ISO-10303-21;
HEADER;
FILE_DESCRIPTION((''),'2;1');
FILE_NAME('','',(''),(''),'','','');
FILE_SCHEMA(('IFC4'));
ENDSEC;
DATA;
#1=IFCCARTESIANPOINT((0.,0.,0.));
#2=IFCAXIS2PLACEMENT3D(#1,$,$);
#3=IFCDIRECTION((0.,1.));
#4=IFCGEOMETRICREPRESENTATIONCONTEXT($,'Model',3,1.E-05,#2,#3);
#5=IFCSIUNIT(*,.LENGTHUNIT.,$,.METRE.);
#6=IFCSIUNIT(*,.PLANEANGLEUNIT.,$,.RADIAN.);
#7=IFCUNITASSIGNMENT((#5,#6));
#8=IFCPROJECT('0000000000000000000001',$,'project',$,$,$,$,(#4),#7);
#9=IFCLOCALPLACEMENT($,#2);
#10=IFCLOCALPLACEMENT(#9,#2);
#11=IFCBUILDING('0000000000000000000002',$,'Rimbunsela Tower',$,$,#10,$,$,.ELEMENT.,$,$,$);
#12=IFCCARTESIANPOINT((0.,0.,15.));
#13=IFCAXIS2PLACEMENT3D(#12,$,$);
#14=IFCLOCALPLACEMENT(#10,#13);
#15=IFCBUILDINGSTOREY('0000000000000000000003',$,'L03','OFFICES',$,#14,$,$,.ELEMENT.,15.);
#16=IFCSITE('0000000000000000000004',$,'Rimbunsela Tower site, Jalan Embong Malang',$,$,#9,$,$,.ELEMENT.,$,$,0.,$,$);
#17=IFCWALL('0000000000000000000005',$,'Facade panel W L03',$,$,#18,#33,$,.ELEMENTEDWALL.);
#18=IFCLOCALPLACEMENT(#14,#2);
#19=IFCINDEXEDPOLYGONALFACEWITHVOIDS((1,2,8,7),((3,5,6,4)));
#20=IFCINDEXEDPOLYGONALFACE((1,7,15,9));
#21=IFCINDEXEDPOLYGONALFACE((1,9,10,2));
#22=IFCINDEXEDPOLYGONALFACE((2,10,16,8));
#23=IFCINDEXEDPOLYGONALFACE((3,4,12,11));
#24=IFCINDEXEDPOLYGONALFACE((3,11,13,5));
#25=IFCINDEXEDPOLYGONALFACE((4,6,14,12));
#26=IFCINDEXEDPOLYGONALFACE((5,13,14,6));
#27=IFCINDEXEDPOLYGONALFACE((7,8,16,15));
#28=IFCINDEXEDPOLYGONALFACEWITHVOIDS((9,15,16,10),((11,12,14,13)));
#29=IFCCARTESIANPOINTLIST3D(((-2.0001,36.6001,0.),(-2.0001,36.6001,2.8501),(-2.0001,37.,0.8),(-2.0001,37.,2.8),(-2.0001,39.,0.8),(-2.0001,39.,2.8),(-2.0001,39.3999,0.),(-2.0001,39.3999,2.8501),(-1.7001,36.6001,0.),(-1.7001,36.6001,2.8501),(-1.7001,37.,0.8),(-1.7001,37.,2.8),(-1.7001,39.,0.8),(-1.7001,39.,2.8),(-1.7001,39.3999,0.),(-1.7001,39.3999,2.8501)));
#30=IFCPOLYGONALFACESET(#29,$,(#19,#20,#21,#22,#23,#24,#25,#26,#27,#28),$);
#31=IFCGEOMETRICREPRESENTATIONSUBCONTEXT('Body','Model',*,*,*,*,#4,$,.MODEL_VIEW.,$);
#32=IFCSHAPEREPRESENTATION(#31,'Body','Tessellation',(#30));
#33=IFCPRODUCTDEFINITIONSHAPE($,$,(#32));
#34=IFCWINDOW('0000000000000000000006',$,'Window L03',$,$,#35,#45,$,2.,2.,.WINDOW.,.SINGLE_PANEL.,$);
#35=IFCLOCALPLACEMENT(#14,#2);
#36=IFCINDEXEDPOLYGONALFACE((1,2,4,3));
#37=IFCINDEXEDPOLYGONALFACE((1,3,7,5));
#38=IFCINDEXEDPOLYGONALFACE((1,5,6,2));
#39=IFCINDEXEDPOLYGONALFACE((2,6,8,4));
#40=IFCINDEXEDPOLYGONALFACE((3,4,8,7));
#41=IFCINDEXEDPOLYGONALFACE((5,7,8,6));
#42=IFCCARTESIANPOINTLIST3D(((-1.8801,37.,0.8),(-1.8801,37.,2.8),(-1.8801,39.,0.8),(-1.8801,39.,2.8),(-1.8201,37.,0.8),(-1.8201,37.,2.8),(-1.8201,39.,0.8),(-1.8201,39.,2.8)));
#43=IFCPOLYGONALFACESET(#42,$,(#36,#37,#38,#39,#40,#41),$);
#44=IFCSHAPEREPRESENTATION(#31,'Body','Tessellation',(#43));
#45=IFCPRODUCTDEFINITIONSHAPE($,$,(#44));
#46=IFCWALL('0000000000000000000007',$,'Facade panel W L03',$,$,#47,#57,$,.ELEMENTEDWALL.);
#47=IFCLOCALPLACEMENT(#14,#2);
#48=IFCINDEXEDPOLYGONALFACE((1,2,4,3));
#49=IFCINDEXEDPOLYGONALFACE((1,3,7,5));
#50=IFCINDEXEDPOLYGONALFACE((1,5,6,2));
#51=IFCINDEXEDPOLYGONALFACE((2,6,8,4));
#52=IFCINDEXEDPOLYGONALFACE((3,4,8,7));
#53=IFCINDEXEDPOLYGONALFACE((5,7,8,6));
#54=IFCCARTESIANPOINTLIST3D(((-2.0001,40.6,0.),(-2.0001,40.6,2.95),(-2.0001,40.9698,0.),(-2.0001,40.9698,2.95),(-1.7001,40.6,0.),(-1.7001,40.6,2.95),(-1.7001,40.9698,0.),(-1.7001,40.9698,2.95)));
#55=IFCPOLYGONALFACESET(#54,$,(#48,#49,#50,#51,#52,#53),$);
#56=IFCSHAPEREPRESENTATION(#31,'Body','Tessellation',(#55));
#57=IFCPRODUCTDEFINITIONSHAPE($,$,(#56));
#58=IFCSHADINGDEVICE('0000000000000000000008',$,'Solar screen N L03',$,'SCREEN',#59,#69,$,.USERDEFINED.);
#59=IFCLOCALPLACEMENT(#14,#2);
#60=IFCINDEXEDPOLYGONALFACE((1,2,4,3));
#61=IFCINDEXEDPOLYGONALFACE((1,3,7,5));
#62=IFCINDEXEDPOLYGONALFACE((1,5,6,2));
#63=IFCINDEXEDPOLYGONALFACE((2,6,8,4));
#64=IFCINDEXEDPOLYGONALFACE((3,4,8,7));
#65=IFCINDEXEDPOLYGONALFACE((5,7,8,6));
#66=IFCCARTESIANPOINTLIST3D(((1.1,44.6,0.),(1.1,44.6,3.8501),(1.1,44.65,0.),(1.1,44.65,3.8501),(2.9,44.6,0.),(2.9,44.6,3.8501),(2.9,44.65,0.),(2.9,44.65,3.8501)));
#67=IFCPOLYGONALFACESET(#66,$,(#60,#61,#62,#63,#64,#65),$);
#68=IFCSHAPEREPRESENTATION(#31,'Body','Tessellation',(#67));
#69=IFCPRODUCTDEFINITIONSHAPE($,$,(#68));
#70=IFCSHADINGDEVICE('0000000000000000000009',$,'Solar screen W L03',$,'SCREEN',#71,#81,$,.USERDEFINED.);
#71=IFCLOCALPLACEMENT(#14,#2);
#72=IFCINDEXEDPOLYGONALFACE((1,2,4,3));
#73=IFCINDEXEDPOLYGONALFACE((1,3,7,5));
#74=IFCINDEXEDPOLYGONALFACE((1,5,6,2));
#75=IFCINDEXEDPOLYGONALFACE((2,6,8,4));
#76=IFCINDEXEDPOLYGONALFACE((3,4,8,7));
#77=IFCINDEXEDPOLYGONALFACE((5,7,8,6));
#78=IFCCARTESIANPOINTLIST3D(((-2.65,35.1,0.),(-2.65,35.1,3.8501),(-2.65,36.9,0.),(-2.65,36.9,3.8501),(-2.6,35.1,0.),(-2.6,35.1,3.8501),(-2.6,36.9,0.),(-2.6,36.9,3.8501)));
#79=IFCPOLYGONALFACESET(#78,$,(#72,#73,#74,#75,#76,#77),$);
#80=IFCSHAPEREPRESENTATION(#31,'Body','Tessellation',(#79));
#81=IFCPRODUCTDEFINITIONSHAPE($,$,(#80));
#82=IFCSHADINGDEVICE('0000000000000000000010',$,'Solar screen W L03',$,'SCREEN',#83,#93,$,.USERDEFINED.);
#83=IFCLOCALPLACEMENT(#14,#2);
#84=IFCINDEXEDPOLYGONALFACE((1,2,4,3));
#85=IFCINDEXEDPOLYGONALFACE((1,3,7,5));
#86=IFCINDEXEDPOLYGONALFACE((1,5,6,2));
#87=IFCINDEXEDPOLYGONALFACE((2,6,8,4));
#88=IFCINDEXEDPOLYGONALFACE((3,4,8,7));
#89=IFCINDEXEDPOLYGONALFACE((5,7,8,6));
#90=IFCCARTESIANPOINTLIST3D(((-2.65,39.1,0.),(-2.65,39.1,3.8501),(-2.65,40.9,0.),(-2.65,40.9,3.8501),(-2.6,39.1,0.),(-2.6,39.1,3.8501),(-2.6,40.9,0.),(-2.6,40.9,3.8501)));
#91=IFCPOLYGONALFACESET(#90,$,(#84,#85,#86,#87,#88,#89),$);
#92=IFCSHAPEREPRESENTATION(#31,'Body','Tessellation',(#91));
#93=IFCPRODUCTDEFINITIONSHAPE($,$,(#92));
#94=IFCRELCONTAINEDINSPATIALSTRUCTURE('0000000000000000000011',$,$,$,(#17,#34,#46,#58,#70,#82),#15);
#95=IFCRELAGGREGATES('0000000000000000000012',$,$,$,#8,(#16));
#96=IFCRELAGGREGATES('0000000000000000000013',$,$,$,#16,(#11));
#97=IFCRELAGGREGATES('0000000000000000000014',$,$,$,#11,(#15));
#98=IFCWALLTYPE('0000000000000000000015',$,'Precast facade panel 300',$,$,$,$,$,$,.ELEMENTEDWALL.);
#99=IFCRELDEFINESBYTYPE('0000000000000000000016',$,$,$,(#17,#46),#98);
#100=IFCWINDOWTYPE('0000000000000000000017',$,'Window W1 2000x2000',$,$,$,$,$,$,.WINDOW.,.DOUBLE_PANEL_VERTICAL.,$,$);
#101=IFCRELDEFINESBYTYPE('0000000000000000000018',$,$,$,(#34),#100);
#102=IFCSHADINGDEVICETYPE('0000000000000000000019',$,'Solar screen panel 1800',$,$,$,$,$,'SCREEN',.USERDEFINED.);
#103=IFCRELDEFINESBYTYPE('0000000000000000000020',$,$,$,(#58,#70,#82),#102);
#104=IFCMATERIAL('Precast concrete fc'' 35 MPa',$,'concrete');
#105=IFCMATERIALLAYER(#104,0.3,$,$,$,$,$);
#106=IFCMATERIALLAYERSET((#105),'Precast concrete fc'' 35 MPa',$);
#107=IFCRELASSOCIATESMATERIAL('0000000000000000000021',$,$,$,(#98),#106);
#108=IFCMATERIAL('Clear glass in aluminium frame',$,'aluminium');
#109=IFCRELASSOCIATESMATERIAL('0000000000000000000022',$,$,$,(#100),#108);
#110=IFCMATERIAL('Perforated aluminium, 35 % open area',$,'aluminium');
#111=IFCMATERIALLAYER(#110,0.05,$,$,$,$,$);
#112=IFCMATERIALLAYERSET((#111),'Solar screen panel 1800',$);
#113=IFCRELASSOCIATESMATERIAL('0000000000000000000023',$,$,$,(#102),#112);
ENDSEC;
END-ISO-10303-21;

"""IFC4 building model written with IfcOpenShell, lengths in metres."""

from ifc_helpers import new_model, si_unit, direction, frame, frame_2d, origin, origin_2d, place, context, subcontext, project, spatial, rectangle, extrude, material, layer, layer_set, type_object, element, fill, save


model = new_model("IFC4")

# Units and contexts
model_context = context("Model", 3, precision=1e-05, world=origin(), true_north=direction((0.0, 1.0)))
body_context = subcontext(model_context, "Body", "Model", "MODEL_VIEW")
ifc_project = project(units=[si_unit("LENGTHUNIT", "METRE"), si_unit("PLANEANGLEUNIT", "RADIAN")], contexts=[model_context])

# Site, building, storey
site_placement = place(None, origin())
site = spatial("IfcSite", under=ifc_project, at=site_placement, Name="Rimbunsela Tower site, Jalan Embong Malang", CompositionType="ELEMENT", RefElevation=0.0)
building_placement = place(site_placement, origin())
building = spatial("IfcBuilding", under=site, at=building_placement, Name="Rimbunsela Tower", CompositionType="ELEMENT")
storey_placement = place(building_placement, frame((0.0, 0.0, 15.0)))
storey = spatial("IfcBuildingStorey", under=building, at=storey_placement, Name="L03", Description="OFFICES", CompositionType="ELEMENT", Elevation=15.0)

# Shared definitions
ifc_material_1 = material(Name="Precast concrete fc' 35 MPa", Category="concrete")
ifc_layer_1 = layer(ifc_material_1, 0.3)
ifc_layer_set_1 = layer_set([ifc_layer_1], Name="Precast concrete fc' 35 MPa")
wall_type = type_object("IfcWallType", Name="Precast facade panel 300", PredefinedType="ELEMENTEDWALL", material=ifc_layer_set_1)

# Wall, opening, window
ifc_material_2 = material(Name="Clear glass in aluminium frame", Category="aluminium")
window_type = type_object("IfcWindowType", Name="Window W1 2000x2000", PartitioningType="DOUBLE_PANEL_VERTICAL", PredefinedType="WINDOW", material=ifc_material_2)
wall_1_placement = place(storey_placement, frame((-1.8501, 39.3999, 0.0), z_axis=(0.0, 0.0, 1.0), x_axis=(0.0, -1.0, 0.0)))
wall_1 = element("IfcWall", 1, at=wall_1_placement, inside=storey, type_object=wall_type, Name="Facade panel W L03", PredefinedType="ELEMENTEDWALL", context=body_context, shape_type="SweptSolid", body=[
    extrude(rectangle(XDim=2.7998, YDim=0.3, at=frame_2d((1.3999, 0.0))), origin(), (0.0, 0.0, 1.0), 2.8501),
])
opening_1_placement = place(wall_1_placement, frame((0.3999, 0.0, 0.8)))
opening_1 = element("IfcOpeningElement", 2, at=opening_1_placement, cuts=wall_1, PredefinedType="OPENING", context=body_context, shape_type="SweptSolid", body=[
    extrude(rectangle(XDim=2.0, YDim=2.0, at=frame_2d((1.0, 1.0))), frame((0.0, 0.1599, 0.0), z_axis=(0.0, -1.0, 0.0), x_axis=(1.0, 0.0, 0.0)), (0.0, 0.0, 1.0), 0.3201),
])
window_1_placement = place(opening_1_placement, origin())
window_1 = element("IfcWindow", 3, at=window_1_placement, inside=storey, type_object=window_type, Name="Window L03", OverallHeight=2.0, OverallWidth=2.0, PartitioningType="SINGLE_PANEL", PredefinedType="WINDOW", context=body_context, shape_type="SweptSolid", body=[
    extrude(rectangle(XDim=2.0, YDim=2.0, at=frame_2d((1.0, 1.0))), frame((0.0, 0.03, 0.0), z_axis=(0.0, -1.0, 0.0), x_axis=(1.0, 0.0, 0.0)), (0.0, 0.0, 1.0), 0.0601),
])
fill(opening_1, window_1)

# Wall
wall_2_placement = place(storey_placement, frame((-1.8501, 40.97, 0.0), z_axis=(0.0, 0.0, 1.0), x_axis=(0.0, -1.0, 0.0)))
element("IfcWall", 4, at=wall_2_placement, inside=storey, type_object=wall_type, Name="Facade panel W L03", PredefinedType="ELEMENTEDWALL", context=body_context, shape_type="SweptSolid", body=[
    extrude(rectangle(XDim=0.3699, YDim=0.3, at=frame_2d((0.1851, 0.0))), origin(), (0.0, 0.0, 1.0), 2.95),
])

# Shading devices
ifc_material_3 = material(Name="Perforated aluminium, 35 % open area", Category="aluminium")
ifc_layer_2 = layer(ifc_material_3, 0.05)
ifc_layer_set_2 = layer_set([ifc_layer_2], Name="Solar screen panel 1800")
shading_device_type = type_object("IfcShadingDeviceType", Name="Solar screen panel 1800", ElementType="SCREEN", PredefinedType="USERDEFINED", material=ifc_layer_set_2)
for number, where, z_axis, x_axis, name in (
    (5, (2.0, 44.625, 0.0), (0.0, 0.0, 1.0), (1.0, 0.0, 0.0), "Solar screen N L03"),
    (6, (-2.625, 36.0, 0.0), (0.0, 0.0, 1.0), (0.0, 1.0, 0.0), "Solar screen W L03"),
    (7, (-2.625, 40.0, 0.0), (0.0, 0.0, 1.0), (0.0, 1.0, 0.0), "Solar screen W L03"),
):
    element("IfcShadingDevice", number, at=place(storey_placement, frame(where, z_axis=z_axis, x_axis=x_axis)), inside=storey, type_object=shading_device_type, Name=name, ObjectType="SCREEN", PredefinedType="USERDEFINED", context=body_context, shape_type="SweptSolid", body=[
        extrude(rectangle(XDim=1.8, YDim=0.05, at=origin_2d()), origin(), (0.0, 0.0, 1.0), 3.8501),
    ])

save(model, "model.ifc")
